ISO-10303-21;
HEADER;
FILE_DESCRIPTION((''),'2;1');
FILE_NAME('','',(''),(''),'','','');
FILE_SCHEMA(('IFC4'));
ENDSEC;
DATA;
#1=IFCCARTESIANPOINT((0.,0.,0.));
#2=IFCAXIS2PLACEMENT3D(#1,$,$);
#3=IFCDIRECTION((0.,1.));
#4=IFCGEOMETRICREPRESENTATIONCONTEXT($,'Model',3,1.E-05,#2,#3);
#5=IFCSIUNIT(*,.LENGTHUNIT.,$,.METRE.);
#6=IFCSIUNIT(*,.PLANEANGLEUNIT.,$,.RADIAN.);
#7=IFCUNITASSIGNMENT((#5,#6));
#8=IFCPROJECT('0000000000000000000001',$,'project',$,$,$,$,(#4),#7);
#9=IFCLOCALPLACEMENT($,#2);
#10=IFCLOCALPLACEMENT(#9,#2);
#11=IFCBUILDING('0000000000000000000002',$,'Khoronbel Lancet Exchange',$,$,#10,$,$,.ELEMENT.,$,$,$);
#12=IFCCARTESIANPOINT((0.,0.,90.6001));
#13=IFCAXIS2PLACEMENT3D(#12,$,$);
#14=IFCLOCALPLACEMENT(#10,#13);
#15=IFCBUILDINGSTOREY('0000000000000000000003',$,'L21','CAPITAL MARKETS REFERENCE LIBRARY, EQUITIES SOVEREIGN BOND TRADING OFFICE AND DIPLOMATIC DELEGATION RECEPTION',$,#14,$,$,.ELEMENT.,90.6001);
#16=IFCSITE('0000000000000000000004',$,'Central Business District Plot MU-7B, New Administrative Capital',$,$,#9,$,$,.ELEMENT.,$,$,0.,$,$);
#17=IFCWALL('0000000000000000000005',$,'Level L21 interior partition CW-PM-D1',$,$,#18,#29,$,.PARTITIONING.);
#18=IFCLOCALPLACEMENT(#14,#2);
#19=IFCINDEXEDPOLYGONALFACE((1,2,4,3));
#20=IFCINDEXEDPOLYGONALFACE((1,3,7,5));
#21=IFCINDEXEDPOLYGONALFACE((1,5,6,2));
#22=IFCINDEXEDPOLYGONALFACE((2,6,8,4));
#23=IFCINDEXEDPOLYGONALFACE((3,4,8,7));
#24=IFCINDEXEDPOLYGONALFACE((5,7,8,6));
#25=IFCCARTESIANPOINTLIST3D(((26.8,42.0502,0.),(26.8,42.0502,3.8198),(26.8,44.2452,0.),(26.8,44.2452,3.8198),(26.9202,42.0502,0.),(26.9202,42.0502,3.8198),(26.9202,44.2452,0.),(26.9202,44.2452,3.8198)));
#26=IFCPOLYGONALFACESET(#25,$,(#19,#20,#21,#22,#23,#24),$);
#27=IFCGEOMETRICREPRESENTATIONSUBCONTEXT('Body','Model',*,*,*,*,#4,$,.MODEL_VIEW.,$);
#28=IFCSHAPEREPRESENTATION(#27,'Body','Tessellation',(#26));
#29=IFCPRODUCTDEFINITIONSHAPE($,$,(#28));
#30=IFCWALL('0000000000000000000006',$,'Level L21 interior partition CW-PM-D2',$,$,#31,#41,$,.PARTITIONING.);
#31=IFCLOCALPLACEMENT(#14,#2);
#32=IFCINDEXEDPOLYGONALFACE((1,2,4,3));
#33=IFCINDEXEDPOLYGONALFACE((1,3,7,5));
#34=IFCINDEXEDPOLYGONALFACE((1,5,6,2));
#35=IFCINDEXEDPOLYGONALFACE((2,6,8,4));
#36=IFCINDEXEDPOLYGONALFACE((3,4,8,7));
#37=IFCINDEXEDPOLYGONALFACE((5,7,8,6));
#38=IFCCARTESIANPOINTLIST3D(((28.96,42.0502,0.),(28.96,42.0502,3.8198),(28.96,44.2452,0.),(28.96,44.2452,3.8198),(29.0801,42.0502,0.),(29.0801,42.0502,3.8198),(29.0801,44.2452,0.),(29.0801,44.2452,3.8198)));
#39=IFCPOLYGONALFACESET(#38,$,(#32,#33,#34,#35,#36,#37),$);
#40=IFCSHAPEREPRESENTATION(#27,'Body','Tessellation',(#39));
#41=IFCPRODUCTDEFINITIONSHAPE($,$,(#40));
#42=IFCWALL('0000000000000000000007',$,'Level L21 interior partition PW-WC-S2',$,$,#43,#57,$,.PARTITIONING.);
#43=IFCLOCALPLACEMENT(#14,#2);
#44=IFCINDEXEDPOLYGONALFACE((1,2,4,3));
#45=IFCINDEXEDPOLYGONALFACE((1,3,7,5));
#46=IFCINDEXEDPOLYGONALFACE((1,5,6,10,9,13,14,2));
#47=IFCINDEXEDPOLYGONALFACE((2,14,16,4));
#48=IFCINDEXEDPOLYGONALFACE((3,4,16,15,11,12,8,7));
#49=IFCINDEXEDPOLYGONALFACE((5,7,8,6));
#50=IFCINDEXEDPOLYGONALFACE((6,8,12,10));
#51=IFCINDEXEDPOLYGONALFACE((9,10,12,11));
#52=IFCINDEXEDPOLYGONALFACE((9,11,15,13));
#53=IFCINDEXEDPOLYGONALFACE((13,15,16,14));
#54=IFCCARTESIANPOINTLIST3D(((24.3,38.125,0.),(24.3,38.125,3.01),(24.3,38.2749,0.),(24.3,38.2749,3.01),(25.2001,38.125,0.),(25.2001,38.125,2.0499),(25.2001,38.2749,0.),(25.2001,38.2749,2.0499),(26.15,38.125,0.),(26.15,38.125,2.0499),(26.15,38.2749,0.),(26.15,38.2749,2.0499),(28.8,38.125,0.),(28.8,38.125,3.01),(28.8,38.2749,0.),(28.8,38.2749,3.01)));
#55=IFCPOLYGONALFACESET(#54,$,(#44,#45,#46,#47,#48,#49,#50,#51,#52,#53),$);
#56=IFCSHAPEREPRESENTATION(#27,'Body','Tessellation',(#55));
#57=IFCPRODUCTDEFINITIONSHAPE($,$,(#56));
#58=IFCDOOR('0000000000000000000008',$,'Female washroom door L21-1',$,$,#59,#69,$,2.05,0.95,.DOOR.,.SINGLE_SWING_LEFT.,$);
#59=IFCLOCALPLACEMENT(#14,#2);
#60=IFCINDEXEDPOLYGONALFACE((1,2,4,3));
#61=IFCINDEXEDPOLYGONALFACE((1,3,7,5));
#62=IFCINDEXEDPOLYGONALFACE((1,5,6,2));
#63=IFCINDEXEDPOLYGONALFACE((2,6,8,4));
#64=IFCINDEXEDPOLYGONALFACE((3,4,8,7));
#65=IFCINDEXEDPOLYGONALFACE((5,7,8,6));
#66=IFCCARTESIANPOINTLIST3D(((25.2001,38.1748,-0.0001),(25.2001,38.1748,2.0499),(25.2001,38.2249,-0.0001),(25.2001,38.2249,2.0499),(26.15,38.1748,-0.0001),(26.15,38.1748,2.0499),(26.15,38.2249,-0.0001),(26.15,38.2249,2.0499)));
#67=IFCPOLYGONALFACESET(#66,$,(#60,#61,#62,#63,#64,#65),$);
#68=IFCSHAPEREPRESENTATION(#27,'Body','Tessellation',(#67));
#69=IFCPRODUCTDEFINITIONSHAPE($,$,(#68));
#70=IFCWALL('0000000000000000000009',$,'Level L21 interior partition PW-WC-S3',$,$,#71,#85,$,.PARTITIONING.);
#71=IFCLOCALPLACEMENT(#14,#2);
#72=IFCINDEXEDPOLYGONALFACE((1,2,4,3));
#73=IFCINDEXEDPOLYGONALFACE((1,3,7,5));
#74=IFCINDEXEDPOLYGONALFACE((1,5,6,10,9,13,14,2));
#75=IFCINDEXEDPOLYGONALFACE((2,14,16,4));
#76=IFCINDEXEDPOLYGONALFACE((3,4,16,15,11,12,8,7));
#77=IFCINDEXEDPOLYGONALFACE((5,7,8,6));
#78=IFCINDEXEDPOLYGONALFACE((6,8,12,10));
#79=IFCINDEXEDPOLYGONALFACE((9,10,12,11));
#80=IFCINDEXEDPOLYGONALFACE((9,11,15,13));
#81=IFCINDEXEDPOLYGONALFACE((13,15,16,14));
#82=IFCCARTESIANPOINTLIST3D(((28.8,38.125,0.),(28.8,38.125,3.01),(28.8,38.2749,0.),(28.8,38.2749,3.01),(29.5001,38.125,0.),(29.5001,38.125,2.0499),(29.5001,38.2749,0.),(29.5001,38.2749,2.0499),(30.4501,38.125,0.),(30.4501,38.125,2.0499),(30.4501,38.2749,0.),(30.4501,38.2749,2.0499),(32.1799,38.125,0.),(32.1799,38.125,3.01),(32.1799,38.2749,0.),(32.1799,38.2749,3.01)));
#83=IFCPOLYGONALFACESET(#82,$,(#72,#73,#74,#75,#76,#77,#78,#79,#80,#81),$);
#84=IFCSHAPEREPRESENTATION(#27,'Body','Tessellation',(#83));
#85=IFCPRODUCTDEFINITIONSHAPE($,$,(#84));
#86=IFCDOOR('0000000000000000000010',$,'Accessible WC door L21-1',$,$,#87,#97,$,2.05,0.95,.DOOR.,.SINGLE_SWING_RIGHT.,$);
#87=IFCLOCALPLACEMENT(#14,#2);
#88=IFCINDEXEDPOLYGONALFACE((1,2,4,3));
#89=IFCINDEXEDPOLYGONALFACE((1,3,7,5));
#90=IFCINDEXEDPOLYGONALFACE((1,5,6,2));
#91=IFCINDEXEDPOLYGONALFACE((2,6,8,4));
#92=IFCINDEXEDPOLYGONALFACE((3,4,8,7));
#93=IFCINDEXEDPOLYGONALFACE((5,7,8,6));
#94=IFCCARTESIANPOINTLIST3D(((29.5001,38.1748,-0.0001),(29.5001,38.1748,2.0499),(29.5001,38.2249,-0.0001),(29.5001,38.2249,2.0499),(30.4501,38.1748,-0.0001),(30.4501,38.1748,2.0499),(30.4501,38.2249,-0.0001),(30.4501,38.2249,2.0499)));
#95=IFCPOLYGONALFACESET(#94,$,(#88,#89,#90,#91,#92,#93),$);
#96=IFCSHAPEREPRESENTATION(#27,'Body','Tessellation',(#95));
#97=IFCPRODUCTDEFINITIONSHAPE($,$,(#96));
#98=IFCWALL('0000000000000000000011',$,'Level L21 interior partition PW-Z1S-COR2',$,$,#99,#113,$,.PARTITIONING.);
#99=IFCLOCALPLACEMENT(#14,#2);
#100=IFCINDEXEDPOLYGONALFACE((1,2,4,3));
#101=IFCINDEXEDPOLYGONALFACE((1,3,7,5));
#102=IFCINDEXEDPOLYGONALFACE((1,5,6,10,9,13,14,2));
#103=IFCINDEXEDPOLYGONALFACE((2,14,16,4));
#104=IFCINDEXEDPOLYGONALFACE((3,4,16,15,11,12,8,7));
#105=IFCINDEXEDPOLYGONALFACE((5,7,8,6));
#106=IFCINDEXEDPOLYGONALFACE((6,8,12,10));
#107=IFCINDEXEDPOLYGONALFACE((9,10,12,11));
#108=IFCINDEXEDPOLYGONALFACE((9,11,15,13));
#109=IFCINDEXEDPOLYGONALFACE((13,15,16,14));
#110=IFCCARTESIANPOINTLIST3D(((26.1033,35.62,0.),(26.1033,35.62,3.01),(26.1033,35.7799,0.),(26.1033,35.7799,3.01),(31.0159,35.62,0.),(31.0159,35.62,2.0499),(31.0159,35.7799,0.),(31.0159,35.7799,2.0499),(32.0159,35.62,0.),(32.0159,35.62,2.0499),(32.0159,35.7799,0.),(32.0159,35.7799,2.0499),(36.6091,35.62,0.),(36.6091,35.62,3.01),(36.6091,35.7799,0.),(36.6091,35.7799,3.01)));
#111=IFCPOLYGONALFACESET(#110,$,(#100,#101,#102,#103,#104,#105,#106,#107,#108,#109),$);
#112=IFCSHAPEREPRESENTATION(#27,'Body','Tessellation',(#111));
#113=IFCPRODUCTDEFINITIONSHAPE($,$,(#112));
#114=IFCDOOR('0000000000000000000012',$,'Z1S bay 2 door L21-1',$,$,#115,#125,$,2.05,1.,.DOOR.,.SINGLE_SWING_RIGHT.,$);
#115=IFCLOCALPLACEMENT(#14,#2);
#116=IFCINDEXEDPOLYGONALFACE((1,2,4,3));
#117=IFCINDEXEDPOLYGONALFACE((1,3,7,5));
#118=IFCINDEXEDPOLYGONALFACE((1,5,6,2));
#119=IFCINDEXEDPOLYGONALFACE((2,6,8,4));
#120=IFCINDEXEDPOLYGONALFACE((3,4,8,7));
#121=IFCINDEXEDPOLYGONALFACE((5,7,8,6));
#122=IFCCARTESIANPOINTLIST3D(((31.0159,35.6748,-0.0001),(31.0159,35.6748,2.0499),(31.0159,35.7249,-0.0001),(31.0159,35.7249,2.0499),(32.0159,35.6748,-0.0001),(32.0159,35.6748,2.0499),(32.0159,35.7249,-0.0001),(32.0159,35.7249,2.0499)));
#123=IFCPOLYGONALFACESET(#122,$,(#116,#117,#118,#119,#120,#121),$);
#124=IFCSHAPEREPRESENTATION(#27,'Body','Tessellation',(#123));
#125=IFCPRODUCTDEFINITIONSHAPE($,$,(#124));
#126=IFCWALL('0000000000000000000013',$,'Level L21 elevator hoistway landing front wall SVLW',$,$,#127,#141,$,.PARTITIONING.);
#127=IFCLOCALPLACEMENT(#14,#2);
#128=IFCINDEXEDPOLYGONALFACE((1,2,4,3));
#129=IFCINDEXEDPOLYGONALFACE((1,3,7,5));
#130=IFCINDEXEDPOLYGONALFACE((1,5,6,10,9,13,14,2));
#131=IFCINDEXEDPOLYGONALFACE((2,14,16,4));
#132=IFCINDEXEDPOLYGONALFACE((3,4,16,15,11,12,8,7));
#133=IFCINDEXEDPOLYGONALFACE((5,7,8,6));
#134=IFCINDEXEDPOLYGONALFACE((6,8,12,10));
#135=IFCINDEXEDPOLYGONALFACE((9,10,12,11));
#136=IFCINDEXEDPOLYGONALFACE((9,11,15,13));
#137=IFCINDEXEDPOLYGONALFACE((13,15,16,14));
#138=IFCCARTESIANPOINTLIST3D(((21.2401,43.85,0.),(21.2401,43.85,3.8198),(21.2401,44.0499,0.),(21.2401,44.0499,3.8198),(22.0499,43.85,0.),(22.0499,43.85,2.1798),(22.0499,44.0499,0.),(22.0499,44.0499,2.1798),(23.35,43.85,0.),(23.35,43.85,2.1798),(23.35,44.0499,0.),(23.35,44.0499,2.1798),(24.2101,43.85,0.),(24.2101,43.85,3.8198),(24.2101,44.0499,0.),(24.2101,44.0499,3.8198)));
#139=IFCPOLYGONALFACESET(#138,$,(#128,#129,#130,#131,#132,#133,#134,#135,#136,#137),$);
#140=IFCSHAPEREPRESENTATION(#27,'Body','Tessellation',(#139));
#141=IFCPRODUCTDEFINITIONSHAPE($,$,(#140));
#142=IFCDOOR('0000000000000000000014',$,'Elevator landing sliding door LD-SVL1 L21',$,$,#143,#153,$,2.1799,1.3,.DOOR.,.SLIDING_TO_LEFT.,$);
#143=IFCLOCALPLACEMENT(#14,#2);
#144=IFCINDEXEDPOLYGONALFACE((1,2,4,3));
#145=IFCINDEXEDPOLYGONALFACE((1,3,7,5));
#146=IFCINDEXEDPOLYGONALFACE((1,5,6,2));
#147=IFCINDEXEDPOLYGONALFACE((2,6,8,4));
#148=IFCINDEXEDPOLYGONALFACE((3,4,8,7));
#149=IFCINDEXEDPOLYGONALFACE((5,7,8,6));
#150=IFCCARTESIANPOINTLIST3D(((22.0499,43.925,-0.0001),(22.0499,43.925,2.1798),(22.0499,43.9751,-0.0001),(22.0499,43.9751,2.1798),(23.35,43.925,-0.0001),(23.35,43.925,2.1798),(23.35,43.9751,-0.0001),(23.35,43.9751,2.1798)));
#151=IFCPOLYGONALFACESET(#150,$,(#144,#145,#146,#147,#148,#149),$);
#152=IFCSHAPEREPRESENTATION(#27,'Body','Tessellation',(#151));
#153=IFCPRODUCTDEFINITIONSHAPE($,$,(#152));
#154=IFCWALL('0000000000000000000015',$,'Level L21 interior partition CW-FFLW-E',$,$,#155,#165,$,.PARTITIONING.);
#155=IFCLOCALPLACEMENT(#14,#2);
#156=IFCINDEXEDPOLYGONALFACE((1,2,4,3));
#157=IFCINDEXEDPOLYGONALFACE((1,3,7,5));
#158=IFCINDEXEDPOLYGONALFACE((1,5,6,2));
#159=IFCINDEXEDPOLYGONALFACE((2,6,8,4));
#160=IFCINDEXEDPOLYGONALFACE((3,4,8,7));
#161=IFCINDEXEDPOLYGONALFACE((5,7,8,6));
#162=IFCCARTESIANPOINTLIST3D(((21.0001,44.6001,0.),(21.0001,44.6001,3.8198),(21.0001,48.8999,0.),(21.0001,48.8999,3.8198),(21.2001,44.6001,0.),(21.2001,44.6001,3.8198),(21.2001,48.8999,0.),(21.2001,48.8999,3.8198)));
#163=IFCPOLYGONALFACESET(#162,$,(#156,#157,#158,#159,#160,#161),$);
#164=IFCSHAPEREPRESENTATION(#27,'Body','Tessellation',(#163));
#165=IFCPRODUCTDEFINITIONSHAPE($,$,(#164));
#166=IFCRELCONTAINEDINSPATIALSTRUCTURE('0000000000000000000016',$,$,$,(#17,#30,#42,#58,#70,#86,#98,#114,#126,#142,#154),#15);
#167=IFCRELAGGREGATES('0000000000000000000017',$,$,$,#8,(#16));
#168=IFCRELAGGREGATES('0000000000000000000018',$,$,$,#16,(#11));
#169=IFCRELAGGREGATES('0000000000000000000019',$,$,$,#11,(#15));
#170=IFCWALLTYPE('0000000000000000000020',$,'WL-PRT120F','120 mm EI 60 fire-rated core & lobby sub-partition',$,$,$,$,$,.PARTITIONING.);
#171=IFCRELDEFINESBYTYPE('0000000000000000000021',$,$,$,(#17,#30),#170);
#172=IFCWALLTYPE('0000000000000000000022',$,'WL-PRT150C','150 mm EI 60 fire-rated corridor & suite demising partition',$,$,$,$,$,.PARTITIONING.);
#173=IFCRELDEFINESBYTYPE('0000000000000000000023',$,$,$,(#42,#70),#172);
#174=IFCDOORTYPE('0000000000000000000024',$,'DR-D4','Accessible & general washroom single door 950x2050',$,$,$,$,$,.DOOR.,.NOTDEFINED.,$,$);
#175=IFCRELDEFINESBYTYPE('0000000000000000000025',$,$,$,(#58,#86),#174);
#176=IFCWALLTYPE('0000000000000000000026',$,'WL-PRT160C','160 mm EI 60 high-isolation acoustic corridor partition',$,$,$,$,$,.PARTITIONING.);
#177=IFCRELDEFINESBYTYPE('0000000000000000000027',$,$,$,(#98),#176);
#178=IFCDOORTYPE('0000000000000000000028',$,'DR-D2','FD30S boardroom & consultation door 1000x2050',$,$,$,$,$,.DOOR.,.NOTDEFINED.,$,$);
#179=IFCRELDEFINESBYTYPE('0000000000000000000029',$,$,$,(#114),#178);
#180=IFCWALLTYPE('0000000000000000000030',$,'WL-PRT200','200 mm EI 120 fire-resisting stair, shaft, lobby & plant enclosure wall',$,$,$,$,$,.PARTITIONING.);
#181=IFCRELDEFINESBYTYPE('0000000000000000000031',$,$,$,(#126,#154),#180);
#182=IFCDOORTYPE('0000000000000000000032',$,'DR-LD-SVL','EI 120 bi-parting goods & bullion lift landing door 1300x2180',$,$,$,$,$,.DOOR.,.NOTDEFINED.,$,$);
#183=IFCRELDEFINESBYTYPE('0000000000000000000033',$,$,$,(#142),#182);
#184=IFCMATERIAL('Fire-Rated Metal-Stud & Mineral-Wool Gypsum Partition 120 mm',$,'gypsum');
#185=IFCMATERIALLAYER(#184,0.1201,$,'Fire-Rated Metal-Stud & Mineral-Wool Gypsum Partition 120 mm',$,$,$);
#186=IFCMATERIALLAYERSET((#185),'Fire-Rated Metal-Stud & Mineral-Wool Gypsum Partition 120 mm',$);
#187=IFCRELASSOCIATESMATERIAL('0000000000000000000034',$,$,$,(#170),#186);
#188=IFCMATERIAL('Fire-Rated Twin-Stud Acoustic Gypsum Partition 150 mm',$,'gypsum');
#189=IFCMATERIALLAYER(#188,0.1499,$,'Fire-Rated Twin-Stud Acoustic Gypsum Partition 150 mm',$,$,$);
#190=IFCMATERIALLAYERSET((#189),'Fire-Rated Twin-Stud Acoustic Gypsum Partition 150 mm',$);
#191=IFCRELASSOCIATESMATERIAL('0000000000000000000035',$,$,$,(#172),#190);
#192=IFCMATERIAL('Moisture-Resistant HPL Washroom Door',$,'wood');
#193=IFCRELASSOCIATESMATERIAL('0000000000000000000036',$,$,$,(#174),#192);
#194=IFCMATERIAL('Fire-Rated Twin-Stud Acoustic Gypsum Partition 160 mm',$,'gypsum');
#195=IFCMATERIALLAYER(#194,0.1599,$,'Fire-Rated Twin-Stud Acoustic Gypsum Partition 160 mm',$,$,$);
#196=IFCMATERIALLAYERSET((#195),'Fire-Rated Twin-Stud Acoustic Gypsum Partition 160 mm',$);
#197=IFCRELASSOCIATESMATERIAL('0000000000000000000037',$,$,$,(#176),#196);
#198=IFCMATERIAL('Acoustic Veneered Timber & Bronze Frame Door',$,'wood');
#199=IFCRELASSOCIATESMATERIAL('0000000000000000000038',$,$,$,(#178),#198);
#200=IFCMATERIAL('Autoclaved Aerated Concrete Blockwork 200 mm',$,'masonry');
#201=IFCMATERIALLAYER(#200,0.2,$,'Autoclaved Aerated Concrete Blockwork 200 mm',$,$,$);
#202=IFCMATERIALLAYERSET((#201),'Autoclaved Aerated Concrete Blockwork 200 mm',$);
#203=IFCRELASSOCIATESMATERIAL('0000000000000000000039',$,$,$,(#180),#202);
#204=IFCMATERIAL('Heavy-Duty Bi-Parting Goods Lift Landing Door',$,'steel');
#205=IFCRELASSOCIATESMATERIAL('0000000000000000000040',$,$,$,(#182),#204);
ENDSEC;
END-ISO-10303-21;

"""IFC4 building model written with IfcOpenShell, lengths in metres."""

from ifc_helpers import new_model, si_unit, direction, frame, frame_2d, origin, place, context, subcontext, project, spatial, rectangle, extrude, material, layer, layer_set, type_object, element, fill, save


model = new_model("IFC4")

# Units and contexts
model_context = context("Model", 3, precision=1e-05, world=origin(), true_north=direction((0.0, 1.0)))
body_context = subcontext(model_context, "Body", "Model", "MODEL_VIEW")
ifc_project = project(units=[si_unit("LENGTHUNIT", "METRE"), si_unit("PLANEANGLEUNIT", "RADIAN")], contexts=[model_context])

# Site, building, storey
site_placement = place(None, origin())
site = spatial("IfcSite", under=ifc_project, at=site_placement, Name="Central Business District Plot MU-7B, New Administrative Capital", CompositionType="ELEMENT", RefElevation=0.0)
building_placement = place(site_placement, origin())
building = spatial("IfcBuilding", under=site, at=building_placement, Name="Khoronbel Lancet Exchange", CompositionType="ELEMENT")
storey_placement = place(building_placement, frame((0.0, 0.0, 90.6001)))
storey = spatial("IfcBuildingStorey", under=building, at=storey_placement, Name="L21", Description="CAPITAL MARKETS REFERENCE LIBRARY, EQUITIES SOVEREIGN BOND TRADING OFFICE AND DIPLOMATIC DELEGATION RECEPTION", CompositionType="ELEMENT", Elevation=90.6001)

# Walls
ifc_material_1 = material(Name="Fire-Rated Metal-Stud & Mineral-Wool Gypsum Partition 120 mm", Category="gypsum")
ifc_layer_1 = layer(ifc_material_1, 0.1201, Name="Fire-Rated Metal-Stud & Mineral-Wool Gypsum Partition 120 mm")
ifc_layer_set_1 = layer_set([ifc_layer_1], Name="Fire-Rated Metal-Stud & Mineral-Wool Gypsum Partition 120 mm")
wall_type_1 = type_object("IfcWallType", Name="WL-PRT120F", Description="120 mm EI 60 fire-rated core & lobby sub-partition", PredefinedType="PARTITIONING", material=ifc_layer_set_1)
for number, where, z_axis, x_axis, name in (
    (1, (26.8601, 42.05, 0.0), (0.0, 0.0, 1.0), (0.0, 1.0, 0.0), "Level L21 interior partition CW-PM-D1"),
    (2, (29.02, 42.05, 0.0), (0.0, 0.0, 1.0), (0.0, 1.0, 0.0), "Level L21 interior partition CW-PM-D2"),
):
    element("IfcWall", number, at=place(storey_placement, frame(where, z_axis=z_axis, x_axis=x_axis)), inside=storey, type_object=wall_type_1, Name=name, PredefinedType="PARTITIONING", context=body_context, shape_type="SweptSolid", body=[
        extrude(rectangle(XDim=2.1951, YDim=0.1201, at=frame_2d((1.0977, 0.0))), origin(), (0.0, 0.0, 1.0), 3.8198),
    ])

# Walls, openings, doors
ifc_material_2 = material(Name="Fire-Rated Twin-Stud Acoustic Gypsum Partition 150 mm", Category="gypsum")
ifc_layer_2 = layer(ifc_material_2, 0.1499, Name="Fire-Rated Twin-Stud Acoustic Gypsum Partition 150 mm")
ifc_layer_set_2 = layer_set([ifc_layer_2], Name="Fire-Rated Twin-Stud Acoustic Gypsum Partition 150 mm")
wall_type_2 = type_object("IfcWallType", Name="WL-PRT150C", Description="150 mm EI 60 fire-rated corridor & suite demising partition", PredefinedType="PARTITIONING", material=ifc_layer_set_2)
wall_1_placement = place(storey_placement, frame((24.3, 38.2, 0.0), z_axis=(0.0, 0.0, 1.0), x_axis=(1.0, 0.0, 0.0)))
wall_1 = element("IfcWall", 3, at=wall_1_placement, inside=storey, type_object=wall_type_2, Name="Level L21 interior partition PW-WC-S2", PredefinedType="PARTITIONING", context=body_context, shape_type="SweptSolid", body=[
    extrude(rectangle(XDim=4.5, YDim=0.1499, at=frame_2d((2.25, 0.0))), origin(), (0.0, 0.0, 1.0), 3.01),
])
opening_1_placement = place(wall_1_placement, frame((0.8999, 0.0, 0.0)))
opening_1 = element("IfcOpeningElement", 4, at=opening_1_placement, cuts=wall_1, PredefinedType="OPENING", context=body_context, shape_type="SweptSolid", body=[
    extrude(rectangle(XDim=0.95, YDim=2.05, at=frame_2d((0.4751, 1.0249))), frame((0.0, 0.085, 0.0), z_axis=(0.0, -1.0, 0.0), x_axis=(1.0, 0.0, 0.0)), (0.0, 0.0, 1.0), 0.1699),
])
ifc_material_3 = material(Name="Moisture-Resistant HPL Washroom Door", Category="wood")
door_type_1 = type_object("IfcDoorType", Name="DR-D4", Description="Accessible & general washroom single door 950x2050", OperationType="NOTDEFINED", PredefinedType="DOOR", material=ifc_material_3)
door_1_placement = place(opening_1_placement, origin())
door_1 = element("IfcDoor", 5, at=door_1_placement, inside=storey, type_object=door_type_1, Name="Female washroom door L21-1", OperationType="SINGLE_SWING_LEFT", OverallHeight=2.05, OverallWidth=0.95, PredefinedType="DOOR", context=body_context, shape_type="SweptSolid", body=[
    extrude(rectangle(XDim=0.95, YDim=2.05, at=frame_2d((0.4751, 1.0249))), frame((0.0, 0.0249, 0.0), z_axis=(0.0, -1.0, 0.0), x_axis=(1.0, 0.0, 0.0)), (0.0, 0.0, 1.0), 0.05),
])
fill(opening_1, door_1)
wall_2_placement = place(storey_placement, frame((28.8, 38.2, 0.0), z_axis=(0.0, 0.0, 1.0), x_axis=(1.0, 0.0, 0.0)))
wall_2 = element("IfcWall", 6, at=wall_2_placement, inside=storey, type_object=wall_type_2, Name="Level L21 interior partition PW-WC-S3", PredefinedType="PARTITIONING", context=body_context, shape_type="SweptSolid", body=[
    extrude(rectangle(XDim=3.3799, YDim=0.1499, at=frame_2d((1.6899, 0.0))), origin(), (0.0, 0.0, 1.0), 3.01),
])
opening_2_placement = place(wall_2_placement, frame((0.7, 0.0, 0.0)))
opening_2 = element("IfcOpeningElement", 7, at=opening_2_placement, cuts=wall_2, PredefinedType="OPENING", context=body_context, shape_type="SweptSolid", body=[
    extrude(rectangle(XDim=0.95, YDim=2.05, at=frame_2d((0.4751, 1.0249))), frame((0.0, 0.085, 0.0), z_axis=(0.0, -1.0, 0.0), x_axis=(1.0, 0.0, 0.0)), (0.0, 0.0, 1.0), 0.1699),
])
door_2_placement = place(opening_2_placement, origin())
door_2 = element("IfcDoor", 8, at=door_2_placement, inside=storey, type_object=door_type_1, Name="Accessible WC door L21-1", OperationType="SINGLE_SWING_RIGHT", OverallHeight=2.05, OverallWidth=0.95, PredefinedType="DOOR", context=body_context, shape_type="SweptSolid", body=[
    extrude(rectangle(XDim=0.95, YDim=2.05, at=frame_2d((0.4751, 1.0249))), frame((0.0, 0.0249, 0.0), z_axis=(0.0, -1.0, 0.0), x_axis=(1.0, 0.0, 0.0)), (0.0, 0.0, 1.0), 0.05),
])
fill(opening_2, door_2)
ifc_material_4 = material(Name="Fire-Rated Twin-Stud Acoustic Gypsum Partition 160 mm", Category="gypsum")
ifc_layer_3 = layer(ifc_material_4, 0.1599, Name="Fire-Rated Twin-Stud Acoustic Gypsum Partition 160 mm")
ifc_layer_set_3 = layer_set([ifc_layer_3], Name="Fire-Rated Twin-Stud Acoustic Gypsum Partition 160 mm")
wall_type_3 = type_object("IfcWallType", Name="WL-PRT160C", Description="160 mm EI 60 high-isolation acoustic corridor partition", PredefinedType="PARTITIONING", material=ifc_layer_set_3)
wall_3_placement = place(storey_placement, frame((26.1033, 35.7, 0.0), z_axis=(0.0, 0.0, 1.0), x_axis=(1.0, 0.0, 0.0)))
wall_3 = element("IfcWall", 9, at=wall_3_placement, inside=storey, type_object=wall_type_3, Name="Level L21 interior partition PW-Z1S-COR2", PredefinedType="PARTITIONING", context=body_context, shape_type="SweptSolid", body=[
    extrude(rectangle(XDim=10.5059, YDim=0.1599, at=frame_2d((5.2529, 0.0))), origin(), (0.0, 0.0, 1.0), 3.01),
])
opening_3_placement = place(wall_3_placement, frame((4.9126, 0.0, 0.0)))
opening_3 = element("IfcOpeningElement", 10, at=opening_3_placement, cuts=wall_3, PredefinedType="OPENING", context=body_context, shape_type="SweptSolid", body=[
    extrude(rectangle(XDim=1.0, YDim=2.05, at=frame_2d((0.5, 1.0249))), frame((0.0, 0.0898, 0.0), z_axis=(0.0, -1.0, 0.0), x_axis=(1.0, 0.0, 0.0)), (0.0, 0.0, 1.0), 0.1799),
])
ifc_material_5 = material(Name="Acoustic Veneered Timber & Bronze Frame Door", Category="wood")
door_type_2 = type_object("IfcDoorType", Name="DR-D2", Description="FD30S boardroom & consultation door 1000x2050", OperationType="NOTDEFINED", PredefinedType="DOOR", material=ifc_material_5)
door_3_placement = place(opening_3_placement, origin())
door_3 = element("IfcDoor", 11, at=door_3_placement, inside=storey, type_object=door_type_2, Name="Z1S bay 2 door L21-1", OperationType="SINGLE_SWING_RIGHT", OverallHeight=2.05, OverallWidth=1.0, PredefinedType="DOOR", context=body_context, shape_type="SweptSolid", body=[
    extrude(rectangle(XDim=1.0, YDim=2.05, at=frame_2d((0.5, 1.0249))), frame((0.0, 0.0249, 0.0), z_axis=(0.0, -1.0, 0.0), x_axis=(1.0, 0.0, 0.0)), (0.0, 0.0, 1.0), 0.05),
])
fill(opening_3, door_3)
ifc_material_6 = material(Name="Autoclaved Aerated Concrete Blockwork 200 mm", Category="masonry")
ifc_layer_4 = layer(ifc_material_6, 0.2, Name="Autoclaved Aerated Concrete Blockwork 200 mm")
ifc_layer_set_4 = layer_set([ifc_layer_4], Name="Autoclaved Aerated Concrete Blockwork 200 mm")
wall_type_4 = type_object("IfcWallType", Name="WL-PRT200", Description="200 mm EI 120 fire-resisting stair, shaft, lobby & plant enclosure wall", PredefinedType="PARTITIONING", material=ifc_layer_set_4)
wall_4_placement = place(storey_placement, frame((24.21, 43.95, 0.0), z_axis=(0.0, 0.0, 1.0), x_axis=(-1.0, 0.0, 0.0)))
wall_4 = element("IfcWall", 12, at=wall_4_placement, inside=storey, type_object=wall_type_4, Name="Level L21 elevator hoistway landing front wall SVLW", PredefinedType="PARTITIONING", context=body_context, shape_type="SweptSolid", body=[
    extrude(rectangle(XDim=2.97, YDim=0.2, at=frame_2d((1.4849, 0.0))), origin(), (0.0, 0.0, 1.0), 3.8198),
])
opening_4_placement = place(wall_4_placement, frame((0.8601, 0.0, 0.0)))
opening_4 = element("IfcOpeningElement", 13, at=opening_4_placement, cuts=wall_4, PredefinedType="OPENING", context=body_context, shape_type="SweptSolid", body=[
    extrude(rectangle(XDim=1.3, YDim=2.1799, at=frame_2d((0.6499, 1.0898))), frame((0.0, 0.1099, 0.0), z_axis=(0.0, -1.0, 0.0), x_axis=(1.0, 0.0, 0.0)), (0.0, 0.0, 1.0), 0.22),
])
ifc_material_7 = material(Name="Heavy-Duty Bi-Parting Goods Lift Landing Door", Category="steel")
door_type_3 = type_object("IfcDoorType", Name="DR-LD-SVL", Description="EI 120 bi-parting goods & bullion lift landing door 1300x2180", OperationType="NOTDEFINED", PredefinedType="DOOR", material=ifc_material_7)
door_4_placement = place(opening_4_placement, origin())
door_4 = element("IfcDoor", 14, at=door_4_placement, inside=storey, type_object=door_type_3, Name="Elevator landing sliding door LD-SVL1 L21", OperationType="SLIDING_TO_LEFT", OverallHeight=2.1799, OverallWidth=1.3, PredefinedType="DOOR", context=body_context, shape_type="SweptSolid", body=[
    extrude(rectangle(XDim=1.3, YDim=2.1799, at=frame_2d((0.6499, 1.0898))), frame((0.0, 0.0249, 0.0), z_axis=(0.0, -1.0, 0.0), x_axis=(1.0, 0.0, 0.0)), (0.0, 0.0, 1.0), 0.05),
])
fill(opening_4, door_4)

# Wall
wall_5_placement = place(storey_placement, frame((21.1001, 44.6001, 0.0), z_axis=(0.0, 0.0, 1.0), x_axis=(0.0, 1.0, 0.0)))
element("IfcWall", 15, at=wall_5_placement, inside=storey, type_object=wall_type_4, Name="Level L21 interior partition CW-FFLW-E", PredefinedType="PARTITIONING", context=body_context, shape_type="SweptSolid", body=[
    extrude(rectangle(XDim=4.2998, YDim=0.2, at=frame_2d((2.1499, 0.0))), origin(), (0.0, 0.0, 1.0), 3.8198),
])

save(model, "model.ifc")
